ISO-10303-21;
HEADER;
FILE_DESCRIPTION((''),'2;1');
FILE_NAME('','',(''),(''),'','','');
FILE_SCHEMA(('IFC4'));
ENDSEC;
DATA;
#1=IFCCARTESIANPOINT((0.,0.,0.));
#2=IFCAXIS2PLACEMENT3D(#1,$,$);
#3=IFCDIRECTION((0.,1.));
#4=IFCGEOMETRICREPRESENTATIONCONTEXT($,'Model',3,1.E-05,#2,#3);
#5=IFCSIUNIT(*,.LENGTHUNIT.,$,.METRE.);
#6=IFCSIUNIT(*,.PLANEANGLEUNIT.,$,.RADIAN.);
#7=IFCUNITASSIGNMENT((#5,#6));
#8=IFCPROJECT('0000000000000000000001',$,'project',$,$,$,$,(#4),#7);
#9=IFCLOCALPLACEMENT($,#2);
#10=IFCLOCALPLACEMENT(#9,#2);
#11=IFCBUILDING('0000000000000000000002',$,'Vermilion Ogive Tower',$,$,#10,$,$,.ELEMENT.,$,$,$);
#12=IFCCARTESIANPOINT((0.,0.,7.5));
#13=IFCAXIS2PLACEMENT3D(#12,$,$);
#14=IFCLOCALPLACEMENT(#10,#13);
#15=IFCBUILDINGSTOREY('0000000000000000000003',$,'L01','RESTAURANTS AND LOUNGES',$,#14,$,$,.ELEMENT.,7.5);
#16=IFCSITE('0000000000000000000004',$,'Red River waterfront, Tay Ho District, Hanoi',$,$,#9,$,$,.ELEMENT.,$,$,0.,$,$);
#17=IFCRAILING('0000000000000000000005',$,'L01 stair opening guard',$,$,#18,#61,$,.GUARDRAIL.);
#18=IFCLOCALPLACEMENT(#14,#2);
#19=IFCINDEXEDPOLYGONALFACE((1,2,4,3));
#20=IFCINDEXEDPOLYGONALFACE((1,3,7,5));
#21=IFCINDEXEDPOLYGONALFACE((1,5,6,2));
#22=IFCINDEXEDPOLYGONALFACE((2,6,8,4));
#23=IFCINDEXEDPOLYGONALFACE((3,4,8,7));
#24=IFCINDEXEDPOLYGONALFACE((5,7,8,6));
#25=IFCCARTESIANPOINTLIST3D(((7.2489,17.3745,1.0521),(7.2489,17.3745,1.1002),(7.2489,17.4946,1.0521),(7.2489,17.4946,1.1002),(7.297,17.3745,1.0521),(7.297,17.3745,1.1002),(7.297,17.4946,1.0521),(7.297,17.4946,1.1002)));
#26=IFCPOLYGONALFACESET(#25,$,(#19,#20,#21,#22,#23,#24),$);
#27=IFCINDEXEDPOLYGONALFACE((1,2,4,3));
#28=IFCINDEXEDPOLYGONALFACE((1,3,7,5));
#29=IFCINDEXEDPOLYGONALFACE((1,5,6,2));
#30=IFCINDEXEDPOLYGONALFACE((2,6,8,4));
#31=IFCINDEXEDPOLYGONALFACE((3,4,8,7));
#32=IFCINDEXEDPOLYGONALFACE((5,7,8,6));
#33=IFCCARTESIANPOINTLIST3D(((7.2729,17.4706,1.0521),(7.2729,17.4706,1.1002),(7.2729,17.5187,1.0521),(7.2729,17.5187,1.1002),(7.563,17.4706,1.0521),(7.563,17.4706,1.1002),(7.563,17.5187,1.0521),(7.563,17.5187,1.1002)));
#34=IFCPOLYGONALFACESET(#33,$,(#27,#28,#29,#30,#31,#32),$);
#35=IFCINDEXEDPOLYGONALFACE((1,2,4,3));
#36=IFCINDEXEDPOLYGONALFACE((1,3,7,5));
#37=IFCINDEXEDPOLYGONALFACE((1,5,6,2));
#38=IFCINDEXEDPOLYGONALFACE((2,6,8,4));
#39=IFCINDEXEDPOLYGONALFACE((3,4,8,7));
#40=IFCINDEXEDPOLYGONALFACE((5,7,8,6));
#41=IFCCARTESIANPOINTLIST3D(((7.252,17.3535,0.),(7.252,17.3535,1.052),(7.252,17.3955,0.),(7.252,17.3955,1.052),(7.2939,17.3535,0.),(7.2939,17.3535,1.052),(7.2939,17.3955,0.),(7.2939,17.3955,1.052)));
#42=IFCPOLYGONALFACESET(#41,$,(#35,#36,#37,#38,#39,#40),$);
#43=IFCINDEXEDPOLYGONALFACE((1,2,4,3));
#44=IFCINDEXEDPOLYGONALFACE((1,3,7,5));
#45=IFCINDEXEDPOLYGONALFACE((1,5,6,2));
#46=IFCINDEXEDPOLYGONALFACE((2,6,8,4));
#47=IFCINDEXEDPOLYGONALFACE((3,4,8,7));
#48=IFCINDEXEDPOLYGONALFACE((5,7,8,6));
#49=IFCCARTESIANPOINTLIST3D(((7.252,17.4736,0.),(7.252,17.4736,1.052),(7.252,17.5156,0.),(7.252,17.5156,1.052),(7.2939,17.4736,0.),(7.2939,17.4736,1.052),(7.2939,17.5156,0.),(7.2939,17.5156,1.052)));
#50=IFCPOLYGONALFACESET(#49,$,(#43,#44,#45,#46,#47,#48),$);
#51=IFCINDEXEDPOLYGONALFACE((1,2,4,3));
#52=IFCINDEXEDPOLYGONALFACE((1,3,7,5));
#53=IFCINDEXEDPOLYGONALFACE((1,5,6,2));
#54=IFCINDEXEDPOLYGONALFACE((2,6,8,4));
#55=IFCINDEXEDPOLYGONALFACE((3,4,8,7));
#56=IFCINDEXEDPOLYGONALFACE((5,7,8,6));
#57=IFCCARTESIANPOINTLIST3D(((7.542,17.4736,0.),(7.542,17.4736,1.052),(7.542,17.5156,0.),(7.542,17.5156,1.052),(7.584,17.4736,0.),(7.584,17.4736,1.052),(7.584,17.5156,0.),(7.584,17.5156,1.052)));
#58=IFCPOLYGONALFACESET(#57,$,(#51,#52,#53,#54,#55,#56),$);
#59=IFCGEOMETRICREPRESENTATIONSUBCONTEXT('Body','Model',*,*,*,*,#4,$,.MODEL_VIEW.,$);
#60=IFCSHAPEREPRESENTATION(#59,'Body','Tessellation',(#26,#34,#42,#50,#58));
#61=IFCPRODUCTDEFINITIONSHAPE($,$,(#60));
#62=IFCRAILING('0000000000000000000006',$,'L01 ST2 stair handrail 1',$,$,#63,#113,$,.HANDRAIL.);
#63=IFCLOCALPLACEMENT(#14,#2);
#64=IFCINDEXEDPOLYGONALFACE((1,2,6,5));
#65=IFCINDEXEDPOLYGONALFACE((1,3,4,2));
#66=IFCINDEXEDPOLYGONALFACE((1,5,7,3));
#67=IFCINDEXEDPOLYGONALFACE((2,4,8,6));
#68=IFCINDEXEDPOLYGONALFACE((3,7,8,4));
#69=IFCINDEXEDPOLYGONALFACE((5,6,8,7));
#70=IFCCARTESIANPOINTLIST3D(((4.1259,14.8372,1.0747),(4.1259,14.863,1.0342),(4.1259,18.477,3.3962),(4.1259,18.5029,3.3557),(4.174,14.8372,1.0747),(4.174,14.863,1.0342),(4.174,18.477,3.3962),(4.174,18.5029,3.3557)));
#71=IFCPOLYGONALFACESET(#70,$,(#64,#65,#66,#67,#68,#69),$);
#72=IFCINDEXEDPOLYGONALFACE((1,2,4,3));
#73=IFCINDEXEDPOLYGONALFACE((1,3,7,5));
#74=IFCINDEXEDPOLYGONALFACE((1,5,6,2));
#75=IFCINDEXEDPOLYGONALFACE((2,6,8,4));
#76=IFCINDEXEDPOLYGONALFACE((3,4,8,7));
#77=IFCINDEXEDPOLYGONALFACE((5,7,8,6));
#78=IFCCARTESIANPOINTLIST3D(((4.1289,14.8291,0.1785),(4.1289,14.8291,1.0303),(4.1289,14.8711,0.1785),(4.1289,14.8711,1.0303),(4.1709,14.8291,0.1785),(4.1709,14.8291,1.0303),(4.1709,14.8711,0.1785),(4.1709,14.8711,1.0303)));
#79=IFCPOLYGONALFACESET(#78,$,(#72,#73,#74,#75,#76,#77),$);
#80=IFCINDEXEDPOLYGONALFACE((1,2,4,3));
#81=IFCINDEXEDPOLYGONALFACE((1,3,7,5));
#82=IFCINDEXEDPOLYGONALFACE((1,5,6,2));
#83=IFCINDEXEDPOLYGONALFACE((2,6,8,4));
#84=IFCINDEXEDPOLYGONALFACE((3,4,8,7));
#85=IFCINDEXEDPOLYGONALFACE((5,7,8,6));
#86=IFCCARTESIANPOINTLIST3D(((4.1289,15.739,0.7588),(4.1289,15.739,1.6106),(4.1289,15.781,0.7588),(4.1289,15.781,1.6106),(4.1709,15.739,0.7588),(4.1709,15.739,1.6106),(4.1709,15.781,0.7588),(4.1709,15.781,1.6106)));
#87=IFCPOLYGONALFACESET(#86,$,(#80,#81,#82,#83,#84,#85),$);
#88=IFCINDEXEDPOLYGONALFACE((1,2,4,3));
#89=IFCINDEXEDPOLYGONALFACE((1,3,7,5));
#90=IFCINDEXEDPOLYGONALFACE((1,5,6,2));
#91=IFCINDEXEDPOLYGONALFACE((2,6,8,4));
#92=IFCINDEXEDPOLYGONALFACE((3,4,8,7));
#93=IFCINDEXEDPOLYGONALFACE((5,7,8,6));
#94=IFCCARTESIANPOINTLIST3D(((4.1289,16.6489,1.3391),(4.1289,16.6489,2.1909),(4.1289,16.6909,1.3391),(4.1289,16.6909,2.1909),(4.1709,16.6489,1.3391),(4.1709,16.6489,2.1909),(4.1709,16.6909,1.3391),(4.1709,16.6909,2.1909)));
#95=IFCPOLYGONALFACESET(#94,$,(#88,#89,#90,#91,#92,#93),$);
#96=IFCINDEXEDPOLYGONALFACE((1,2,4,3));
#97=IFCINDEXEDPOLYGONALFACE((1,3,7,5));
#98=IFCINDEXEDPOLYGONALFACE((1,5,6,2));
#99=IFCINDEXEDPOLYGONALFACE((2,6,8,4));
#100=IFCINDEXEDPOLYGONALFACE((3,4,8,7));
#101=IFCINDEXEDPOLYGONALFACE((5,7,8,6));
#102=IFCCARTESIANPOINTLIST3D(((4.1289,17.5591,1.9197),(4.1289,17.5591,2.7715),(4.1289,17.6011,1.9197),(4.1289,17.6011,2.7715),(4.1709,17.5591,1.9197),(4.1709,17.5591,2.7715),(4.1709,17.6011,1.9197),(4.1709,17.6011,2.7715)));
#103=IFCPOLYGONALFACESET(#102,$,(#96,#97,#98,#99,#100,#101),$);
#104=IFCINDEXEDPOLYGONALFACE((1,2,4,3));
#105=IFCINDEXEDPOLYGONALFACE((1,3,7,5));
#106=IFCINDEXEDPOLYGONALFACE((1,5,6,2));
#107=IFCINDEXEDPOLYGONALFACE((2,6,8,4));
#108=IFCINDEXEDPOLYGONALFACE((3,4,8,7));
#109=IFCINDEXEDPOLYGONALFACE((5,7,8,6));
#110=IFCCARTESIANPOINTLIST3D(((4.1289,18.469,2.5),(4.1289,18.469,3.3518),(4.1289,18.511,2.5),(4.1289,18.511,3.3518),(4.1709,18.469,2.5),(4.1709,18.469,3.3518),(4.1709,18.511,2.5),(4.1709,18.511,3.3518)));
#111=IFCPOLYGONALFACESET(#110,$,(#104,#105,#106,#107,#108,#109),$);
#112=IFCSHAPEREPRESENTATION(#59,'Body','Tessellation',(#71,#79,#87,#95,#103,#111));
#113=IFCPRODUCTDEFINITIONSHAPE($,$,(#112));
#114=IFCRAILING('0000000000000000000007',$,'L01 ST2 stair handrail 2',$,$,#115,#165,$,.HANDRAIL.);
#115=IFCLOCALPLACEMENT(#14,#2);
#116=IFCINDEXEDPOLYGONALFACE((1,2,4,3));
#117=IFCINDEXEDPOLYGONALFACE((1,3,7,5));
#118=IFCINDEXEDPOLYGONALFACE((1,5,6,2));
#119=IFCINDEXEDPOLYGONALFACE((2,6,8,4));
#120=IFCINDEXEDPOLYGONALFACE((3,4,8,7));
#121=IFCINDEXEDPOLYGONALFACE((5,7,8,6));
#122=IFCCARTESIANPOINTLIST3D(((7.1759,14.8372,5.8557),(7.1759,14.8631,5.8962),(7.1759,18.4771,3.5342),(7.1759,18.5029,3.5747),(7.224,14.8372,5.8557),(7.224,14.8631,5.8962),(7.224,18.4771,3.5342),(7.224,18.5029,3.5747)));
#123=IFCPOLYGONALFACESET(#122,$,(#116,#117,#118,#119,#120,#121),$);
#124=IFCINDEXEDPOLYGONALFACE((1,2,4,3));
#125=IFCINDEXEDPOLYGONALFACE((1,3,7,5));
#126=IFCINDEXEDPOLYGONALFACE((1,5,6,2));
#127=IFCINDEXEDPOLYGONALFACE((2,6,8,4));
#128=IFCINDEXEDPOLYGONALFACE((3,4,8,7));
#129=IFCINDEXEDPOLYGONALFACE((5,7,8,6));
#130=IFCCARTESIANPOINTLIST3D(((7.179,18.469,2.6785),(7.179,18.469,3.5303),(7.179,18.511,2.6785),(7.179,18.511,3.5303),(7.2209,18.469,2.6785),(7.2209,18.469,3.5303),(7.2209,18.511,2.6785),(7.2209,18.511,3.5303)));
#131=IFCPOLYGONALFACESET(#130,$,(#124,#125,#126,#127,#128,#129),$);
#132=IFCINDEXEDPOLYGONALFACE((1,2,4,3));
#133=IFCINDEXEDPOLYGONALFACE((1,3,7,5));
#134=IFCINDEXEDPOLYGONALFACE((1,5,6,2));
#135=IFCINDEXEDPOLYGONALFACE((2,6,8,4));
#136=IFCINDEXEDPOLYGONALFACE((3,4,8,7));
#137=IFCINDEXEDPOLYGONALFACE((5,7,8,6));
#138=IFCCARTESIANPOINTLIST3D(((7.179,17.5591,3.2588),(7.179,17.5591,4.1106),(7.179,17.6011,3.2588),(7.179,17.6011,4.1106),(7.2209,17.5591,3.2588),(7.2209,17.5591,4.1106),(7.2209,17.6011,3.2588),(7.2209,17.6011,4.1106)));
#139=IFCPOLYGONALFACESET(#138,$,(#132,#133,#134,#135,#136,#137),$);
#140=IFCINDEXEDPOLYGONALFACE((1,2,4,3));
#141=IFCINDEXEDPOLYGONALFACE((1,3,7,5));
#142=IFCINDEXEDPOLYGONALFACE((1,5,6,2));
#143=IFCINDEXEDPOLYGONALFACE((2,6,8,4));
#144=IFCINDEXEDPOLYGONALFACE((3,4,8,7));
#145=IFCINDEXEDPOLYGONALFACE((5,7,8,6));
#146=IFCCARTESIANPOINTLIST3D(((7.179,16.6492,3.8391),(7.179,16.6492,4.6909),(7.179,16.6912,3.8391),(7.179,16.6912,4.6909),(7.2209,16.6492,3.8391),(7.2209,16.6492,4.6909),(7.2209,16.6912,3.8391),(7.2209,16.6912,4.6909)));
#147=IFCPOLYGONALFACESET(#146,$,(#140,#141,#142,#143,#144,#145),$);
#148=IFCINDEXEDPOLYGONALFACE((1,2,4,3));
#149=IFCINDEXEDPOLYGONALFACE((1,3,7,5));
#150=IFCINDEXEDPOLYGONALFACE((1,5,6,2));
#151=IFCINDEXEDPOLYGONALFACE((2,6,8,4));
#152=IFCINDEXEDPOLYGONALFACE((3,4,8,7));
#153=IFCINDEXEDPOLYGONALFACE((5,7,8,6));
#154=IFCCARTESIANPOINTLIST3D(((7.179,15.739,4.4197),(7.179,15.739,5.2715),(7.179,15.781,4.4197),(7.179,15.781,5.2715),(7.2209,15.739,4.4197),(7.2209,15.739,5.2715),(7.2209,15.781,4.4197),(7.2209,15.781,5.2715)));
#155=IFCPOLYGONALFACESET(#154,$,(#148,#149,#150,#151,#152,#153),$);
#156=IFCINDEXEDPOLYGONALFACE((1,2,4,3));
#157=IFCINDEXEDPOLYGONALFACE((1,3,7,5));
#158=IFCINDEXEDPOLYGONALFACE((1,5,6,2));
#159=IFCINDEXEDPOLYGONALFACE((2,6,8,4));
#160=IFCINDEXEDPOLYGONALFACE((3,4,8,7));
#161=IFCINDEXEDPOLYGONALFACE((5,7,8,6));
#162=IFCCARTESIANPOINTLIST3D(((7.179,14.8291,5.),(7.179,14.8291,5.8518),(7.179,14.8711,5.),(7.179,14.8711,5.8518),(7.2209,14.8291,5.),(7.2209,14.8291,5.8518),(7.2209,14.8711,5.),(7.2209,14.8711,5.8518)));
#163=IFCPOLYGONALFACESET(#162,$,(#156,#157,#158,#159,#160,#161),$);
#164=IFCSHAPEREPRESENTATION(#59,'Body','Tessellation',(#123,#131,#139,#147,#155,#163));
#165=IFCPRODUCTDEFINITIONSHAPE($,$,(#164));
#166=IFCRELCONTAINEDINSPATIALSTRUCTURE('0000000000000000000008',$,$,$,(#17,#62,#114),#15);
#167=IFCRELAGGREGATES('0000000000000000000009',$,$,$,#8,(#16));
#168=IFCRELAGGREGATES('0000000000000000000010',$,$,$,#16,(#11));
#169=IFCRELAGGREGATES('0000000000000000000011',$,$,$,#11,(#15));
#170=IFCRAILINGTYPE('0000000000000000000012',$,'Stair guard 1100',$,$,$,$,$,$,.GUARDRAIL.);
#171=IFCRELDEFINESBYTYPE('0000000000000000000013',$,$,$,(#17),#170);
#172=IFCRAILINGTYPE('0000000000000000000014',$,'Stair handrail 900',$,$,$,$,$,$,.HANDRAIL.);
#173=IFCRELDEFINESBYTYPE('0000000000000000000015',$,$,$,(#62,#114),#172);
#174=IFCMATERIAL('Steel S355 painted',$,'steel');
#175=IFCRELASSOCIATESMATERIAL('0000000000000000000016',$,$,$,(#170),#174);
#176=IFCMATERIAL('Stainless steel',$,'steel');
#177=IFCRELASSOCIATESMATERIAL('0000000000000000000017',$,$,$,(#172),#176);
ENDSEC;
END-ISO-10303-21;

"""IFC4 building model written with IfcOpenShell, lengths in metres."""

from ifc_helpers import new_model, si_unit, direction, frame, origin, origin_2d, place, context, subcontext, project, spatial, rectangle, extrude, material, type_object, element, save


model = new_model("IFC4")

# Units and contexts
model_context = context("Model", 3, precision=1e-05, world=origin(), true_north=direction((0.0, 1.0)))
body_context = subcontext(model_context, "Body", "Model", "MODEL_VIEW")
ifc_project = project(units=[si_unit("LENGTHUNIT", "METRE"), si_unit("PLANEANGLEUNIT", "RADIAN")], contexts=[model_context])

# Site, building, storey
site_placement = place(None, origin())
site = spatial("IfcSite", under=ifc_project, at=site_placement, Name="Red River waterfront, Tay Ho District, Hanoi", CompositionType="ELEMENT", RefElevation=0.0)
building_placement = place(site_placement, origin())
building = spatial("IfcBuilding", under=site, at=building_placement, Name="Vermilion Ogive Tower", CompositionType="ELEMENT")
storey_placement = place(building_placement, frame((0.0, 0.0, 7.5)))
storey = spatial("IfcBuildingStorey", under=building, at=storey_placement, Name="L01", Description="RESTAURANTS AND LOUNGES", CompositionType="ELEMENT", Elevation=7.5)

# Railings
ifc_material_1 = material(Name="Steel S355 painted", Category="steel")
railing_type_1 = type_object("IfcRailingType", Name="Stair guard 1100", PredefinedType="GUARDRAIL", material=ifc_material_1)
railing_1_placement = place(storey_placement, frame((7.2729, 17.3745, 0.0)))
element("IfcRailing", 1, at=railing_1_placement, inside=storey, type_object=railing_type_1, Name="L01 stair opening guard", PredefinedType="GUARDRAIL", context=body_context, shape_type="SweptSolid", body=[
    extrude(rectangle(XDim=0.0481, YDim=0.0481, at=origin_2d()), frame((0.0, 0.0, 1.0762), z_axis=(0.0, 1.0, 0.0), x_axis=(-1.0, 0.0, 0.0)), (0.0, 0.0, 1.0), 0.1201),
    extrude(rectangle(XDim=0.0481, YDim=0.0481, at=origin_2d()), frame((0.0, 0.1201, 1.0762), z_axis=(1.0, 0.0, 0.0), x_axis=(0.0, 1.0, 0.0)), (0.0, 0.0, 1.0), 0.29),
    extrude(rectangle(XDim=0.042, YDim=0.042, at=origin_2d()), origin(), (0.0, 0.0, 1.0), 1.052),
    extrude(rectangle(XDim=0.042, YDim=0.042, at=origin_2d()), frame((0.0, 0.1201, 0.0)), (0.0, 0.0, 1.0), 1.052),
    extrude(rectangle(XDim=0.042, YDim=0.042, at=origin_2d()), frame((0.29, 0.1201, 0.0)), (0.0, 0.0, 1.0), 1.052),
])
ifc_material_2 = material(Name="Stainless steel", Category="steel")
railing_type_2 = type_object("IfcRailingType", Name="Stair handrail 900", PredefinedType="HANDRAIL", material=ifc_material_2)
railing_2_placement = place(storey_placement, frame((4.1499, 14.8501, 0.1785)))
element("IfcRailing", 2, at=railing_2_placement, inside=storey, type_object=railing_type_2, Name="L01 ST2 stair handrail 1", PredefinedType="HANDRAIL", context=body_context, shape_type="SweptSolid", body=[
    extrude(rectangle(XDim=0.0481, YDim=0.0481, at=origin_2d()), frame((0.0, 0.0, 0.876), z_axis=(0.0, 0.843112, 0.537739), x_axis=(-1.0, 0.0, 0.0)), (0.0, 0.0, 1.0), 4.3171),
    extrude(rectangle(XDim=0.042, YDim=0.042, at=origin_2d()), origin(), (0.0, 0.0, 1.0), 0.8518),
    extrude(rectangle(XDim=0.042, YDim=0.042, at=origin_2d()), frame((0.0, 0.9099, 0.5803)), (0.0, 0.0, 1.0), 0.8518),
    extrude(rectangle(XDim=0.042, YDim=0.042, at=origin_2d()), frame((0.0, 1.8198, 1.1606)), (0.0, 0.0, 1.0), 0.8518),
    extrude(rectangle(XDim=0.042, YDim=0.042, at=origin_2d()), frame((0.0, 2.73, 1.7412)), (0.0, 0.0, 1.0), 0.8518),
    extrude(rectangle(XDim=0.042, YDim=0.042, at=origin_2d()), frame((0.0, 3.6399, 2.3215)), (0.0, 0.0, 1.0), 0.8518),
])
railing_3_placement = place(storey_placement, frame((7.2, 18.49, 2.6785)))
element("IfcRailing", 3, at=railing_3_placement, inside=storey, type_object=railing_type_2, Name="L01 ST2 stair handrail 2", PredefinedType="HANDRAIL", context=body_context, shape_type="SweptSolid", body=[
    extrude(rectangle(XDim=0.0481, YDim=0.0481, at=origin_2d()), frame((0.0, 0.0, 0.876), z_axis=(0.0, -0.843112, 0.537739), x_axis=(1.0, 0.0, 0.0)), (0.0, 0.0, 1.0), 4.3171),
    extrude(rectangle(XDim=0.042, YDim=0.042, at=origin_2d()), origin(), (0.0, 0.0, 1.0), 0.8518),
    extrude(rectangle(XDim=0.042, YDim=0.042, at=origin_2d()), frame((0.0, -0.9099, 0.5803)), (0.0, 0.0, 1.0), 0.8518),
    extrude(rectangle(XDim=0.042, YDim=0.042, at=origin_2d()), frame((0.0, -1.8198, 1.1606)), (0.0, 0.0, 1.0), 0.8518),
    extrude(rectangle(XDim=0.042, YDim=0.042, at=origin_2d()), frame((0.0, -2.73, 1.7412)), (0.0, 0.0, 1.0), 0.8518),
    extrude(rectangle(XDim=0.042, YDim=0.042, at=origin_2d()), frame((0.0, -3.6399, 2.3215)), (0.0, 0.0, 1.0), 0.8518),
])

save(model, "model.ifc")
